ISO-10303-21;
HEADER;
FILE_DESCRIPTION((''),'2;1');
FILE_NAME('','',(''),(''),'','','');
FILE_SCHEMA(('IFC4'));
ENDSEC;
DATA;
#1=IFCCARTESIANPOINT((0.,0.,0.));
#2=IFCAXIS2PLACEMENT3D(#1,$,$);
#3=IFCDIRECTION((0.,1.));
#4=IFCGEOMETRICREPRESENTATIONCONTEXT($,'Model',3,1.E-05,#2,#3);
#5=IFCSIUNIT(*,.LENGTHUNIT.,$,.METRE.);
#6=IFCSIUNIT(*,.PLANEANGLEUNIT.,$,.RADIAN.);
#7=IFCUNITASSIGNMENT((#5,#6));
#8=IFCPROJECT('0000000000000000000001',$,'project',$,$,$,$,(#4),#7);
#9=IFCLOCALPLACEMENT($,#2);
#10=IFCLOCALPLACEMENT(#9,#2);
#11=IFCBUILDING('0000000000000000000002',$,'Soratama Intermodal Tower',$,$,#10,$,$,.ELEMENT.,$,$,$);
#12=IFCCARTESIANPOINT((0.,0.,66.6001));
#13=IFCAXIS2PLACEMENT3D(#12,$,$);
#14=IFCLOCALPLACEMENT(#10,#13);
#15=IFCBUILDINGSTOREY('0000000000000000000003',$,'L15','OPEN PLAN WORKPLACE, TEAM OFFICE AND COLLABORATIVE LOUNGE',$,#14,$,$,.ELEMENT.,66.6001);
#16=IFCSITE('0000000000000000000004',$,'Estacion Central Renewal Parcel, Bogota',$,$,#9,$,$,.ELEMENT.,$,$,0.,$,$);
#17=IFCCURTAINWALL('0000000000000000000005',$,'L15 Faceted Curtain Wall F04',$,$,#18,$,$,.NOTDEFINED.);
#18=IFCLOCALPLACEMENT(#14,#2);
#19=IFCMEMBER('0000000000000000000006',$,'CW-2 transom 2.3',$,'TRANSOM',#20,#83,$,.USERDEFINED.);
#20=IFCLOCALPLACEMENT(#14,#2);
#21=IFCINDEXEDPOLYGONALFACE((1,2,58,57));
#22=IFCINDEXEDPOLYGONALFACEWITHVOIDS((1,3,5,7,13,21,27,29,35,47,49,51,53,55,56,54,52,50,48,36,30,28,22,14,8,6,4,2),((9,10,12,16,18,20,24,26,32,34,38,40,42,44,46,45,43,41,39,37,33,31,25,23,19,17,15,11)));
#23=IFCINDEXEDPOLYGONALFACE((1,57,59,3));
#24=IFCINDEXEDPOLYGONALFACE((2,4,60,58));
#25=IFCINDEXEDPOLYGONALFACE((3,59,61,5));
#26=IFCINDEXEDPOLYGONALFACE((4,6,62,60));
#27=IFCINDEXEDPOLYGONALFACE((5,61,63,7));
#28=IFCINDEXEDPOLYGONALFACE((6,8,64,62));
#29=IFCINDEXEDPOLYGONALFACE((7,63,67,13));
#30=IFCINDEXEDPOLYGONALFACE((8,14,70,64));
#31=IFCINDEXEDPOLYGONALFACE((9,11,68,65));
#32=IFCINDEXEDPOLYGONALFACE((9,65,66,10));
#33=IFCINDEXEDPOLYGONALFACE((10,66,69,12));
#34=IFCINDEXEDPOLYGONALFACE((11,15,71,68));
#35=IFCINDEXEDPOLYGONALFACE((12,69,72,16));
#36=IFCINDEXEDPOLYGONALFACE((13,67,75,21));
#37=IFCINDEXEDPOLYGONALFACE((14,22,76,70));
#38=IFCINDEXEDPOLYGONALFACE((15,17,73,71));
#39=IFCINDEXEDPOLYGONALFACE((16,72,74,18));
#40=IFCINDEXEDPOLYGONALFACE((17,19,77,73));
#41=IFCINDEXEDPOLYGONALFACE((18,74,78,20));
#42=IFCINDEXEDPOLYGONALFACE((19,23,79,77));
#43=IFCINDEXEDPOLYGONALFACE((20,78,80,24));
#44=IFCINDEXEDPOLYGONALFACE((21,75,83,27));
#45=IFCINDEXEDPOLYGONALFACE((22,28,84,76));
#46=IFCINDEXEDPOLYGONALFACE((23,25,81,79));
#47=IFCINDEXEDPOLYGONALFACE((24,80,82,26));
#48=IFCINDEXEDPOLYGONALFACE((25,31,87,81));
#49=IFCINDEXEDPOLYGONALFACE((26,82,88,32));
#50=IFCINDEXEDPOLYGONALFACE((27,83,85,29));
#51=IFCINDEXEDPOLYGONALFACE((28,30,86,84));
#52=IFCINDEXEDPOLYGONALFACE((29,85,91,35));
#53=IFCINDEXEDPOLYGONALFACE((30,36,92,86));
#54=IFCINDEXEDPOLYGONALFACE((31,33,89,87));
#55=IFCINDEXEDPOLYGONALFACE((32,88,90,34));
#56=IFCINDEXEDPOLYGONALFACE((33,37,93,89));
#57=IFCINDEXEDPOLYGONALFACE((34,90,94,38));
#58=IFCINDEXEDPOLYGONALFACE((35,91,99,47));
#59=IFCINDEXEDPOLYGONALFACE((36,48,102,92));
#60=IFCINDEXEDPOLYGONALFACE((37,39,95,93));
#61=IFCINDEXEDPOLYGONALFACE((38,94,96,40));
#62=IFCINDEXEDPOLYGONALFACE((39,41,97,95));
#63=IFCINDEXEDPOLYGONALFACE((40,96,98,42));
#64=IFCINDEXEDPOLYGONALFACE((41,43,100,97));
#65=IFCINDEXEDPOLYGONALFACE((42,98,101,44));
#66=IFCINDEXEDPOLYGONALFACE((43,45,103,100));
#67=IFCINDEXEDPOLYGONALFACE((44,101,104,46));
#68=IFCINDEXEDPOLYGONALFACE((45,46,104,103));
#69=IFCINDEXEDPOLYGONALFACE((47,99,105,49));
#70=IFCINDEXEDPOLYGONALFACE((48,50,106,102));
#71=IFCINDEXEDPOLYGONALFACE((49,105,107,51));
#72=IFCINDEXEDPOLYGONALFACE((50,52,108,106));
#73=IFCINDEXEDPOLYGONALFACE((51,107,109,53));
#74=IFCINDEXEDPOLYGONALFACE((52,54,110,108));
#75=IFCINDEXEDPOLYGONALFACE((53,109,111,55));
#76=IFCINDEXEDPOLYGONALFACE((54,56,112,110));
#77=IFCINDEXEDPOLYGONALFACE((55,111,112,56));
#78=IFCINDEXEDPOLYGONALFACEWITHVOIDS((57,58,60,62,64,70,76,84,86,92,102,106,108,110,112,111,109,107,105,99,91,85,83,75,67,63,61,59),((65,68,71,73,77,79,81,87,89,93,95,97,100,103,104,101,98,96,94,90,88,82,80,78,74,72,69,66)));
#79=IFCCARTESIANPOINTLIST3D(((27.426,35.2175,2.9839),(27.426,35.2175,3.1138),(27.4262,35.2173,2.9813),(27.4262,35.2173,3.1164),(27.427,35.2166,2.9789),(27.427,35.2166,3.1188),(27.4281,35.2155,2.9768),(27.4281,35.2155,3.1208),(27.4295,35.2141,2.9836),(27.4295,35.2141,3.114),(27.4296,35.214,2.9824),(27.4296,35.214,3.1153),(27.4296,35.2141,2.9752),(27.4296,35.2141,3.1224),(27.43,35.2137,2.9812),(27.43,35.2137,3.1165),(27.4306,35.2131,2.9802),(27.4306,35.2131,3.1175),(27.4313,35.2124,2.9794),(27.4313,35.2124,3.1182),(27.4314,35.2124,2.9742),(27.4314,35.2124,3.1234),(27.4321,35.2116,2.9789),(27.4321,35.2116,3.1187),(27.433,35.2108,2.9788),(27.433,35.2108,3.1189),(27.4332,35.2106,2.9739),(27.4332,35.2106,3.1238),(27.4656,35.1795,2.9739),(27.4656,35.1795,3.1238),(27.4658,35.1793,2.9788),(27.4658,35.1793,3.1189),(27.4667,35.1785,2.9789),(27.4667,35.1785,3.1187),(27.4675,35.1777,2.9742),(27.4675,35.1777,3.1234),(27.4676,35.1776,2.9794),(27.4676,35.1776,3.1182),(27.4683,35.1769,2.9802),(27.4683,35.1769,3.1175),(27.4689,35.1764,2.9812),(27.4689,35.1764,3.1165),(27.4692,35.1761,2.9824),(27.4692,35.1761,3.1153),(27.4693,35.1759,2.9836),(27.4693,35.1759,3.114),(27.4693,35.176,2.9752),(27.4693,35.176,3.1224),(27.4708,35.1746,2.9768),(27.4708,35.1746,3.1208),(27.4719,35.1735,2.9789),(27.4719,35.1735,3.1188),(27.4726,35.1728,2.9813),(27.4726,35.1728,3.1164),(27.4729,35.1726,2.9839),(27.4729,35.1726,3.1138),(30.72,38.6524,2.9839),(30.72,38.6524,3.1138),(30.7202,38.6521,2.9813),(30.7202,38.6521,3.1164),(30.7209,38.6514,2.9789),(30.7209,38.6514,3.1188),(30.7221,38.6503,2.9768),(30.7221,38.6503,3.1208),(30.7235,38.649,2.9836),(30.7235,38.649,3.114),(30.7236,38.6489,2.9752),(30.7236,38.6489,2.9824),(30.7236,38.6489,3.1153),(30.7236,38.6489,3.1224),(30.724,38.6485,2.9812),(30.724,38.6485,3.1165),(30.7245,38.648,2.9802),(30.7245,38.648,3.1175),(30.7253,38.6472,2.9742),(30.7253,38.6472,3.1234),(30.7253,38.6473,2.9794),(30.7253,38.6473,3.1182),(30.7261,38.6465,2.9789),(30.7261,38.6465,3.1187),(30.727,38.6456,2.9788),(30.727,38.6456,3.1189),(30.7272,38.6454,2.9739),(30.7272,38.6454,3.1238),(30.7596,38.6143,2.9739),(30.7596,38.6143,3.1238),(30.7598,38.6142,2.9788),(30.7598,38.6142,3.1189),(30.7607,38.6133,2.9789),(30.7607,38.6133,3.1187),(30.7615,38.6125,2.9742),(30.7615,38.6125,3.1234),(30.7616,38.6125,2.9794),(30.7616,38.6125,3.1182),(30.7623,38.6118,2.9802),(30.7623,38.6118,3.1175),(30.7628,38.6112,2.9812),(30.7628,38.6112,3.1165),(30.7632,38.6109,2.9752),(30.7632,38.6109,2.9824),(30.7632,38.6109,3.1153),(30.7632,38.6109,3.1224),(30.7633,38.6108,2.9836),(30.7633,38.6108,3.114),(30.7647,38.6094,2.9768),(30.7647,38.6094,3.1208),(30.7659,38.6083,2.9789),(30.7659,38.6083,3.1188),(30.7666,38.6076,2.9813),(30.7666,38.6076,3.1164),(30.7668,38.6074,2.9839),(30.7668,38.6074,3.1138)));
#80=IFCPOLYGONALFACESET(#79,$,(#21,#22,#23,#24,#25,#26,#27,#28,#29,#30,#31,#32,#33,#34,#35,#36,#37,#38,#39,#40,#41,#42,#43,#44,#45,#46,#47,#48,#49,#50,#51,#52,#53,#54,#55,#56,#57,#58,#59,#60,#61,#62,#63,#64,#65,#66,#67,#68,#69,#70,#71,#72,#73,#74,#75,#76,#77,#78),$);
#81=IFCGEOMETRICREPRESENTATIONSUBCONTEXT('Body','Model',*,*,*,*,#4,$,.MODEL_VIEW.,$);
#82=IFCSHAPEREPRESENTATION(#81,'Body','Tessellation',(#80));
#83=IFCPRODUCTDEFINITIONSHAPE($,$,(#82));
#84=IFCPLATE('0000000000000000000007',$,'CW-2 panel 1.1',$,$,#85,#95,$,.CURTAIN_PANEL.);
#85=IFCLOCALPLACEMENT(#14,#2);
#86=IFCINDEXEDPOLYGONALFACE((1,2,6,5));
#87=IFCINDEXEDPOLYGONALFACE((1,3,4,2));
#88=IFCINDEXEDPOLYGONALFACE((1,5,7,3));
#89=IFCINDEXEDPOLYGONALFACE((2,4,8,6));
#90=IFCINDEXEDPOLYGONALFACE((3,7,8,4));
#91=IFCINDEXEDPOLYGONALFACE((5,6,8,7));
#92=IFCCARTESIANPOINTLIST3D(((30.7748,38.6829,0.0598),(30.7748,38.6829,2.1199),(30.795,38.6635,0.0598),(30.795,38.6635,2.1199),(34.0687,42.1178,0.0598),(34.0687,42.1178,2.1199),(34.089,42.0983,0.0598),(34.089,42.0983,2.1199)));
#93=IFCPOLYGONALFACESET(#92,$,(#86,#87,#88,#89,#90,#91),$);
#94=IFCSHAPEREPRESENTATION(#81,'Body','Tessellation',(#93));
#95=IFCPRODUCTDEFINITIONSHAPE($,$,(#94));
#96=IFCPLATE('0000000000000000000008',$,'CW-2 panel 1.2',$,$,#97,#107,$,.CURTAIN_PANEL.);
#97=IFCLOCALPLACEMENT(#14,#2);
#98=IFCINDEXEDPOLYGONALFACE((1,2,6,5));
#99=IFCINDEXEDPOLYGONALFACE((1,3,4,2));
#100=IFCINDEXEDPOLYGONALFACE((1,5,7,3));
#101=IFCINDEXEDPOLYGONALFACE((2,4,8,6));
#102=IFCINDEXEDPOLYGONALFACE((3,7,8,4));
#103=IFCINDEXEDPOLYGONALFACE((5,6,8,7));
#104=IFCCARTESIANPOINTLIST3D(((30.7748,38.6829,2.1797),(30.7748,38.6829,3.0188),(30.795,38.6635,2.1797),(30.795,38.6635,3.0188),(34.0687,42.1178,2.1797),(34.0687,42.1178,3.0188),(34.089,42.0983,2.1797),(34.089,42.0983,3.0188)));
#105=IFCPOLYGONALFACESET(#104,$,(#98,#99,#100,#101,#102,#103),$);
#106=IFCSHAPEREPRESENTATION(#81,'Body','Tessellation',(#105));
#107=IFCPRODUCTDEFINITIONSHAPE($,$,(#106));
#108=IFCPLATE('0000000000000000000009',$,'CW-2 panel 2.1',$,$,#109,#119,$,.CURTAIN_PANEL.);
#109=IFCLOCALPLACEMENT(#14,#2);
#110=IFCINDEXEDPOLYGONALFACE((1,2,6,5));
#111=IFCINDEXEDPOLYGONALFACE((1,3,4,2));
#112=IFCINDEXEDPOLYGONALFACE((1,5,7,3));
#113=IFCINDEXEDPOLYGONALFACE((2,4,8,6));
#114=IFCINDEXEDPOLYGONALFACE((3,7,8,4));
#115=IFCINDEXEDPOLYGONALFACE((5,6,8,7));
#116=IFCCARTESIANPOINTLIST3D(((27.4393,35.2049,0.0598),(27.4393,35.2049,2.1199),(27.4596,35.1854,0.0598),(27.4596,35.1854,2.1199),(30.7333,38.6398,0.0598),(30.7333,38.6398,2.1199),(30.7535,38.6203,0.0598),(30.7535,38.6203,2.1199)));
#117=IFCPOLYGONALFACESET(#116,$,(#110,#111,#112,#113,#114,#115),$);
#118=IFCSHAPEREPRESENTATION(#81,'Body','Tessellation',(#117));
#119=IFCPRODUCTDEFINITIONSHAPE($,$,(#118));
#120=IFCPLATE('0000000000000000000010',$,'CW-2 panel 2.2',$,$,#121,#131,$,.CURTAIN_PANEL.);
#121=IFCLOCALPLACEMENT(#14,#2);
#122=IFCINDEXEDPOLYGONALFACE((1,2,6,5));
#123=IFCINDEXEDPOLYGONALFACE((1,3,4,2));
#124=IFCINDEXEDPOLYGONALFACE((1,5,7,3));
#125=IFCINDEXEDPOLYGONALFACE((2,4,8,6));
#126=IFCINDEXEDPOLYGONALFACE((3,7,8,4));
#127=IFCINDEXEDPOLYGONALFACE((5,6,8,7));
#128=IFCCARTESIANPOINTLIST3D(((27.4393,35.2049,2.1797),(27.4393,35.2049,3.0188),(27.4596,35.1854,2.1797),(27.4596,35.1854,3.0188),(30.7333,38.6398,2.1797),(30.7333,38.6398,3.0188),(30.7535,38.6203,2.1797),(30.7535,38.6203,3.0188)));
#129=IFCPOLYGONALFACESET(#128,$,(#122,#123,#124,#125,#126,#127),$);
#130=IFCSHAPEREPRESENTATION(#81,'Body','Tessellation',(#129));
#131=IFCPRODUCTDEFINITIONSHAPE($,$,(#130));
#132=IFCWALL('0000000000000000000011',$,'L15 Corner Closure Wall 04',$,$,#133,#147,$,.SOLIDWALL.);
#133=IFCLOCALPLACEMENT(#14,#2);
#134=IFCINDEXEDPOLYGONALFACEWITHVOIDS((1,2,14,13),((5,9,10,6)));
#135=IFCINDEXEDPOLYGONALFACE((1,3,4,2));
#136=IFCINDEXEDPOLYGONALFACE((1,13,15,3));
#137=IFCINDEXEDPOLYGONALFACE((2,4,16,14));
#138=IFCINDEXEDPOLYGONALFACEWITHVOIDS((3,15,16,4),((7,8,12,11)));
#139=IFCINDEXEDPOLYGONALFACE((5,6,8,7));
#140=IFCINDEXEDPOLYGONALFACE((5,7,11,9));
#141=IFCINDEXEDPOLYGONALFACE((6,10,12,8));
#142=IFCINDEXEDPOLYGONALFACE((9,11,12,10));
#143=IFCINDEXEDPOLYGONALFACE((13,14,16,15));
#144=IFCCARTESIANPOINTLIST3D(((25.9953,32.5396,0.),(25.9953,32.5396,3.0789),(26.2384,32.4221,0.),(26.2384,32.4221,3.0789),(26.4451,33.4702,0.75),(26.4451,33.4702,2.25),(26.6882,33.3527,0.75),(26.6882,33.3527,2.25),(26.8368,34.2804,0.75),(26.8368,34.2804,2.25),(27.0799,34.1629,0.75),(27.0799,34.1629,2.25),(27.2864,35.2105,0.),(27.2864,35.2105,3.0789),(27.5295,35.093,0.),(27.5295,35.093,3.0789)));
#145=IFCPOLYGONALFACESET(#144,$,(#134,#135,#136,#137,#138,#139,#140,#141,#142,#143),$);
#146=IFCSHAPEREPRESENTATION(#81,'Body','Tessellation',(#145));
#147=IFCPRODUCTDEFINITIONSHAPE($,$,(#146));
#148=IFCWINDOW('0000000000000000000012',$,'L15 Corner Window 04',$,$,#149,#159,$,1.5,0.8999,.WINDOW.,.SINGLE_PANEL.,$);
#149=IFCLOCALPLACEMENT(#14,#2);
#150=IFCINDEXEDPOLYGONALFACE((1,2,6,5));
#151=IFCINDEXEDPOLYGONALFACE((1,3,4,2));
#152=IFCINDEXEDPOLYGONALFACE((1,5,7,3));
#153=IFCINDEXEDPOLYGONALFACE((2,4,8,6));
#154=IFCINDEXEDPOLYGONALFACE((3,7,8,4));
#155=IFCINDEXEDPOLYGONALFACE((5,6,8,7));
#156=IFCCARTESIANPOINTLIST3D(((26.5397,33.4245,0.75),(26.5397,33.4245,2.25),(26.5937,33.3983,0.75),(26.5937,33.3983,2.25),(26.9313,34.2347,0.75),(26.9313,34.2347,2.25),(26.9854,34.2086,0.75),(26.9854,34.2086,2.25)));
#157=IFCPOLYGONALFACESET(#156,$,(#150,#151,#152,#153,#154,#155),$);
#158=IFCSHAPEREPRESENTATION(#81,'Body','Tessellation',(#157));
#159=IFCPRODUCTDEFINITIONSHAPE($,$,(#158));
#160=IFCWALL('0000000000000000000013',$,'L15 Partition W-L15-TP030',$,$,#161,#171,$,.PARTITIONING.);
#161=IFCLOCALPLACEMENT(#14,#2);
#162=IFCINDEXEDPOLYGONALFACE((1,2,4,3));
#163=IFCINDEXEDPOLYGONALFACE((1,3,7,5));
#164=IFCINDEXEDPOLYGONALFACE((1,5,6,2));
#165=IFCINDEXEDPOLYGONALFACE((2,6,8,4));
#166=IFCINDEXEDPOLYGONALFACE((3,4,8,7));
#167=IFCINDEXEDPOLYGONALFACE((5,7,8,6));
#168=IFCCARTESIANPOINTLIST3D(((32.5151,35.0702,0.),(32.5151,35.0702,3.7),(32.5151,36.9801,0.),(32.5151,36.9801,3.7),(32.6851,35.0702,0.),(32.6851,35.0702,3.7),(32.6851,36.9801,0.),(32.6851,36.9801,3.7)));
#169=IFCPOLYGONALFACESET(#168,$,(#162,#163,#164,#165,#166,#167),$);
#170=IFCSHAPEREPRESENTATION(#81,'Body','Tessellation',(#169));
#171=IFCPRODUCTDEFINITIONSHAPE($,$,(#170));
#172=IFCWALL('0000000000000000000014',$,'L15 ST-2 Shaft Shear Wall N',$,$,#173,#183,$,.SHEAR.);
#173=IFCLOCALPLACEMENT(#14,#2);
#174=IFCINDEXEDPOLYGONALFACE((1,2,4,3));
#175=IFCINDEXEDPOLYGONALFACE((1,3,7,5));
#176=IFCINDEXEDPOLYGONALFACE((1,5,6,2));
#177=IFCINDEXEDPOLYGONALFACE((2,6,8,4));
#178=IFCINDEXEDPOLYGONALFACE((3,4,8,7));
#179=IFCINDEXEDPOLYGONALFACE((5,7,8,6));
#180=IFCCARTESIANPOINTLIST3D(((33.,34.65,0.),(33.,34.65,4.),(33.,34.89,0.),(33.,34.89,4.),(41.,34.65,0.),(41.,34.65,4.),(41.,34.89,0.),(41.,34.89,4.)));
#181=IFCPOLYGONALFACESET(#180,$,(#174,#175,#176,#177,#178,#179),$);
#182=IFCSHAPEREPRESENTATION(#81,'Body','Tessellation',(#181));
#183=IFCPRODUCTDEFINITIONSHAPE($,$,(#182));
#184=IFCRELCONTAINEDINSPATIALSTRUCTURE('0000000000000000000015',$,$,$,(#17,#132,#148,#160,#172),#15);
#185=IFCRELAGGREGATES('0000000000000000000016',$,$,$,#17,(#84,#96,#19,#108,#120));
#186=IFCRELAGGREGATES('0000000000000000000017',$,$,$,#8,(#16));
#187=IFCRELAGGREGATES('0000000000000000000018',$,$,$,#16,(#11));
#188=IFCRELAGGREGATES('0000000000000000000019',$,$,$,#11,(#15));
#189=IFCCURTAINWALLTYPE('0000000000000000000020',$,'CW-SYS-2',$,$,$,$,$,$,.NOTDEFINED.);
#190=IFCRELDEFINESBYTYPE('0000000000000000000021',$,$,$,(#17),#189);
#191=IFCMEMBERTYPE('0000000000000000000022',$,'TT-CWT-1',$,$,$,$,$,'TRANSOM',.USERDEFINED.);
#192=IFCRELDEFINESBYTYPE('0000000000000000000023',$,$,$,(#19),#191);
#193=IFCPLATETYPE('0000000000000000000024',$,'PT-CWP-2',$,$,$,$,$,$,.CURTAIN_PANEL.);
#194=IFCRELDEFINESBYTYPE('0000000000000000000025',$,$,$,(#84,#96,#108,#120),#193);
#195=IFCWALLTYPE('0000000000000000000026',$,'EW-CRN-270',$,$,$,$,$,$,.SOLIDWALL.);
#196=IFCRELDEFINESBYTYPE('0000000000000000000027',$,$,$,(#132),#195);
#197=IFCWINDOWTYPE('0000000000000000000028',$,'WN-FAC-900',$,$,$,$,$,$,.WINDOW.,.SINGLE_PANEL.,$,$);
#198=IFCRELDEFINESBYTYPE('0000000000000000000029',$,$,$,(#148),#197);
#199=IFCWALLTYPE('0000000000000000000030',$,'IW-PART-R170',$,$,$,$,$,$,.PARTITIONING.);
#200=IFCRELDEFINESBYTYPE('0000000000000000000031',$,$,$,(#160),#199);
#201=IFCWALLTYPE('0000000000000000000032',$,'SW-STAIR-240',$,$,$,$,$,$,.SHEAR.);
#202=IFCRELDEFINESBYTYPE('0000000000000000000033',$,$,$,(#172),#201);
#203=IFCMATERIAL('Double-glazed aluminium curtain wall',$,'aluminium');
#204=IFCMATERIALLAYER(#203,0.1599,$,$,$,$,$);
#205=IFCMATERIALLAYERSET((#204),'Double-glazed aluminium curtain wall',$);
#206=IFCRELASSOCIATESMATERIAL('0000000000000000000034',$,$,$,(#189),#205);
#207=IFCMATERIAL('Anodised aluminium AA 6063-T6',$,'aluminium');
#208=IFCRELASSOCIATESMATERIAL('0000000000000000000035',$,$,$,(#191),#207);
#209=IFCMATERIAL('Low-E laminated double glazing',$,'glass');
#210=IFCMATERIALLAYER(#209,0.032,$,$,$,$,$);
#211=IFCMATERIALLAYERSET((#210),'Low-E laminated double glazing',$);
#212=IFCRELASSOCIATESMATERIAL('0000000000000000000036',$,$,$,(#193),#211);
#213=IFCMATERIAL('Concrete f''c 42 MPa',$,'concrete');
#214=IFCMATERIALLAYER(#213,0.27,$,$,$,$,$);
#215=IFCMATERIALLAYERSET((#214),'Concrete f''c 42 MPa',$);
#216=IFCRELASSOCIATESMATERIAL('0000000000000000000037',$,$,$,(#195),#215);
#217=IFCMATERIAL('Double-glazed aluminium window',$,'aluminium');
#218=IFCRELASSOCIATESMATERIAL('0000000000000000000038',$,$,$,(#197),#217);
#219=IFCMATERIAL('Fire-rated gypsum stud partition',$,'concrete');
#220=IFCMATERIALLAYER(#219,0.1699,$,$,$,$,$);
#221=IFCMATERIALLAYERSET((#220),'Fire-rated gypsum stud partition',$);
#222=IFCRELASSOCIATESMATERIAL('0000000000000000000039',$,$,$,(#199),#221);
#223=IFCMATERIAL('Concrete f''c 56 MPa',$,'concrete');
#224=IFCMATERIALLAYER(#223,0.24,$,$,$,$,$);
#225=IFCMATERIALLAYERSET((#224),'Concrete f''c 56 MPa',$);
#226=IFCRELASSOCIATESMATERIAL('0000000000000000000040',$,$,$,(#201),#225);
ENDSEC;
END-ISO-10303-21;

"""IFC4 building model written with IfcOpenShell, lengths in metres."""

from ifc_helpers import new_model, si_unit, direction, frame, frame_2d, origin, origin_2d, place, context, subcontext, project, spatial, rectangle, hollow_rectangle, extrude, material, layer, layer_set, material_profile, profile_set, type_object, element, fill, aggregate, save


model = new_model("IFC4")

# Units and contexts
model_context = context("Model", 3, precision=1e-05, world=origin(), true_north=direction((0.0, 1.0)))
body_context = subcontext(model_context, "Body", "Model", "MODEL_VIEW")
ifc_project = project(units=[si_unit("LENGTHUNIT", "METRE"), si_unit("PLANEANGLEUNIT", "RADIAN")], contexts=[model_context])

# Site, building, storey
site_placement = place(None, origin())
site = spatial("IfcSite", under=ifc_project, at=site_placement, Name="Estacion Central Renewal Parcel, Bogota", CompositionType="ELEMENT", RefElevation=0.0)
building_placement = place(site_placement, origin())
building = spatial("IfcBuilding", under=site, at=building_placement, Name="Soratama Intermodal Tower", CompositionType="ELEMENT")
storey_placement = place(building_placement, frame((0.0, 0.0, 66.6001)))
storey = spatial("IfcBuildingStorey", under=building, at=storey_placement, Name="L15", Description="OPEN PLAN WORKPLACE, TEAM OFFICE AND COLLABORATIVE LOUNGE", CompositionType="ELEMENT", Elevation=66.6001)

# Curtain wall, member, plates
ifc_material_1 = material(Name="Double-glazed aluminium curtain wall", Category="aluminium")
ifc_layer_1 = layer(ifc_material_1, 0.1599)
ifc_layer_set_1 = layer_set([ifc_layer_1], Name="Double-glazed aluminium curtain wall")
curtain_wall_type = type_object("IfcCurtainWallType", Name="CW-SYS-2", PredefinedType="NOTDEFINED", material=ifc_layer_set_1)
curtain_wall_placement = place(storey_placement, origin())
curtain_wall = element("IfcCurtainWall", 1, at=curtain_wall_placement, inside=storey, type_object=curtain_wall_type, Name="L15 Faceted Curtain Wall F04", PredefinedType="NOTDEFINED")
ifc_material_2 = material(Name="Anodised aluminium AA 6063-T6", Category="aluminium")
ifc_material_profile_1 = material_profile(ifc_material_2, hollow_rectangle(XDim=0.0649, YDim=0.1499, WallThickness=0.0049, InnerFilletRadius=0.0049, OuterFilletRadius=0.01, at=origin_2d()), Name="CWT150X65X5")
ifc_profile_set_1 = profile_set([ifc_material_profile_1], Name="Anodised aluminium AA 6063-T6")
member_type_1 = type_object("IfcMemberType", Name="TT-CWT-1", ElementType="TRANSOM", PredefinedType="USERDEFINED", material=ifc_profile_set_1)
member_1_placement = place(storey_placement, frame((30.7434, 38.6299, 3.0488), z_axis=(-0.692152, -0.721752, 0.0), x_axis=(0.721752, -0.692152, 0.0)))
member_1 = element("IfcMember", 2, at=member_1_placement, type_object=member_type_1, Name="CW-2 transom 2.3", ObjectType="TRANSOM", PredefinedType="USERDEFINED", context=body_context, shape_type="SweptSolid", body=[
    extrude(hollow_rectangle(XDim=0.0649, YDim=0.1499, WallThickness=0.0049, InnerFilletRadius=0.0049, OuterFilletRadius=0.01, at=origin_2d()), origin(), (0.0, 0.0, 1.0), 4.759),
])
ifc_material_3 = material(Name="Low-E laminated double glazing", Category="glass")
ifc_layer_2 = layer(ifc_material_3, 0.032)
ifc_layer_set_2 = layer_set([ifc_layer_2], Name="Low-E laminated double glazing")
plate_type = type_object("IfcPlateType", Name="PT-CWP-2", PredefinedType="CURTAIN_PANEL", material=ifc_layer_set_2)
plate_1_placement = place(storey_placement, frame((32.4319, 40.3906, 0.0598), z_axis=(0.0, 0.0, 1.0), x_axis=(-0.692145, -0.721759, 0.0)))
plate_1 = element("IfcPlate", 3, at=plate_1_placement, type_object=plate_type, Name="CW-2 panel 1.1", PredefinedType="CURTAIN_PANEL", context=body_context, shape_type="SweptSolid", body=[
    extrude(rectangle(XDim=4.759, YDim=0.0281, at=origin_2d()), origin(), (0.0, 0.0, 1.0), 2.0601),
])
plate_2_placement = place(storey_placement, frame((32.4319, 40.3906, 2.1797), z_axis=(0.0, 0.0, 1.0), x_axis=(-0.692145, -0.721759, 0.0)))
plate_2 = element("IfcPlate", 4, at=plate_2_placement, type_object=plate_type, Name="CW-2 panel 1.2", PredefinedType="CURTAIN_PANEL", context=body_context, shape_type="SweptSolid", body=[
    extrude(rectangle(XDim=4.759, YDim=0.0281, at=origin_2d()), origin(), (0.0, 0.0, 1.0), 0.8391),
])
plate_3_placement = place(storey_placement, frame((29.0964, 36.9126, 0.0598), z_axis=(0.0, 0.0, 1.0), x_axis=(-0.692145, -0.721759, 0.0)))
plate_3 = element("IfcPlate", 5, at=plate_3_placement, type_object=plate_type, Name="CW-2 panel 2.1", PredefinedType="CURTAIN_PANEL", context=body_context, shape_type="SweptSolid", body=[
    extrude(rectangle(XDim=4.759, YDim=0.0281, at=origin_2d()), origin(), (0.0, 0.0, 1.0), 2.0601),
])
plate_4_placement = place(storey_placement, frame((29.0964, 36.9126, 2.1797), z_axis=(0.0, 0.0, 1.0), x_axis=(-0.692145, -0.721759, 0.0)))
plate_4 = element("IfcPlate", 6, at=plate_4_placement, type_object=plate_type, Name="CW-2 panel 2.2", PredefinedType="CURTAIN_PANEL", context=body_context, shape_type="SweptSolid", body=[
    extrude(rectangle(XDim=4.759, YDim=0.0281, at=origin_2d()), origin(), (0.0, 0.0, 1.0), 0.8391),
])
aggregate(curtain_wall, [plate_1, plate_2, member_1, plate_3, plate_4])

# Wall, opening, window
ifc_material_4 = material(Name="Concrete f'c 42 MPa", Category="concrete")
ifc_layer_3 = layer(ifc_material_4, 0.27)
ifc_layer_set_3 = layer_set([ifc_layer_3], Name="Concrete f'c 42 MPa")
wall_type_1 = type_object("IfcWallType", Name="EW-CRN-270", PredefinedType="SOLIDWALL", material=ifc_layer_set_3)
wall_1_placement = place(storey_placement, frame((27.408, 35.1519, 0.0), z_axis=(0.0, 0.0, 1.0), x_axis=(-0.435191, -0.900338, 0.0)))
wall_1 = element("IfcWall", 7, at=wall_1_placement, inside=storey, type_object=wall_type_1, Name="L15 Corner Closure Wall 04", PredefinedType="SOLIDWALL", context=body_context, shape_type="SweptSolid", body=[
    extrude(rectangle(XDim=2.9666, YDim=0.27, at=frame_2d((1.4834, 0.0))), origin(), (0.0, 0.0, 1.0), 3.0789),
])
opening_1_placement = place(wall_1_placement, frame((1.0332, 0.0, 0.75)))
opening_1 = element("IfcOpeningElement", 8, at=opening_1_placement, cuts=wall_1, PredefinedType="OPENING", context=body_context, shape_type="SweptSolid", body=[
    extrude(rectangle(XDim=0.8999, YDim=1.5, at=frame_2d((0.45, 0.75))), frame((0.0, 0.145, 0.0), z_axis=(0.0, -1.0, 0.0), x_axis=(1.0, 0.0, 0.0)), (0.0, 0.0, 1.0), 0.29),
])
ifc_material_5 = material(Name="Double-glazed aluminium window", Category="aluminium")
window_type = type_object("IfcWindowType", Name="WN-FAC-900", PartitioningType="SINGLE_PANEL", PredefinedType="WINDOW", material=ifc_material_5)
window_placement = place(opening_1_placement, origin())
window = element("IfcWindow", 9, at=window_placement, inside=storey, type_object=window_type, Name="L15 Corner Window 04", OverallHeight=1.5, OverallWidth=0.8999, PartitioningType="SINGLE_PANEL", PredefinedType="WINDOW", context=body_context, shape_type="SweptSolid", body=[
    extrude(rectangle(XDim=0.8999, YDim=1.5, at=frame_2d((0.45, 0.75))), frame((0.0, 0.03, 0.0), z_axis=(0.0, -1.0, 0.0), x_axis=(1.0, 0.0, 0.0)), (0.0, 0.0, 1.0), 0.0601),
])
fill(opening_1, window)

# Shared definitions
ifc_material_6 = material(Name="Fire-rated gypsum stud partition", Category="concrete")
ifc_layer_4 = layer(ifc_material_6, 0.1699)
ifc_layer_set_4 = layer_set([ifc_layer_4], Name="Fire-rated gypsum stud partition")
wall_type_2 = type_object("IfcWallType", Name="IW-PART-R170", PredefinedType="PARTITIONING", material=ifc_layer_set_4)

# Walls
wall_2_placement = place(storey_placement, frame((32.6001, 35.0701, 0.0), z_axis=(0.0, 0.0, 1.0), x_axis=(0.0, 1.0, 0.0)))
element("IfcWall", 10, at=wall_2_placement, inside=storey, type_object=wall_type_2, Name="L15 Partition W-L15-TP030", PredefinedType="PARTITIONING", context=body_context, shape_type="SweptSolid", body=[
    extrude(rectangle(XDim=1.9099, YDim=0.1699, at=frame_2d((0.9551, 0.0))), origin(), (0.0, 0.0, 1.0), 3.7),
])
ifc_material_7 = material(Name="Concrete f'c 56 MPa", Category="concrete")
ifc_layer_5 = layer(ifc_material_7, 0.24)
ifc_layer_set_5 = layer_set([ifc_layer_5], Name="Concrete f'c 56 MPa")
wall_type_3 = type_object("IfcWallType", Name="SW-STAIR-240", PredefinedType="SHEAR", material=ifc_layer_set_5)
wall_3_placement = place(storey_placement, frame((33.0, 34.77, 0.0), z_axis=(0.0, 0.0, 1.0), x_axis=(1.0, 0.0, 0.0)))
element("IfcWall", 11, at=wall_3_placement, inside=storey, type_object=wall_type_3, Name="L15 ST-2 Shaft Shear Wall N", PredefinedType="SHEAR", context=body_context, shape_type="SweptSolid", body=[
    extrude(rectangle(XDim=8.0, YDim=0.24, at=frame_2d((4.0, 0.0))), origin(), (0.0, 0.0, 1.0), 4.0),
])

save(model, "model.ifc")
